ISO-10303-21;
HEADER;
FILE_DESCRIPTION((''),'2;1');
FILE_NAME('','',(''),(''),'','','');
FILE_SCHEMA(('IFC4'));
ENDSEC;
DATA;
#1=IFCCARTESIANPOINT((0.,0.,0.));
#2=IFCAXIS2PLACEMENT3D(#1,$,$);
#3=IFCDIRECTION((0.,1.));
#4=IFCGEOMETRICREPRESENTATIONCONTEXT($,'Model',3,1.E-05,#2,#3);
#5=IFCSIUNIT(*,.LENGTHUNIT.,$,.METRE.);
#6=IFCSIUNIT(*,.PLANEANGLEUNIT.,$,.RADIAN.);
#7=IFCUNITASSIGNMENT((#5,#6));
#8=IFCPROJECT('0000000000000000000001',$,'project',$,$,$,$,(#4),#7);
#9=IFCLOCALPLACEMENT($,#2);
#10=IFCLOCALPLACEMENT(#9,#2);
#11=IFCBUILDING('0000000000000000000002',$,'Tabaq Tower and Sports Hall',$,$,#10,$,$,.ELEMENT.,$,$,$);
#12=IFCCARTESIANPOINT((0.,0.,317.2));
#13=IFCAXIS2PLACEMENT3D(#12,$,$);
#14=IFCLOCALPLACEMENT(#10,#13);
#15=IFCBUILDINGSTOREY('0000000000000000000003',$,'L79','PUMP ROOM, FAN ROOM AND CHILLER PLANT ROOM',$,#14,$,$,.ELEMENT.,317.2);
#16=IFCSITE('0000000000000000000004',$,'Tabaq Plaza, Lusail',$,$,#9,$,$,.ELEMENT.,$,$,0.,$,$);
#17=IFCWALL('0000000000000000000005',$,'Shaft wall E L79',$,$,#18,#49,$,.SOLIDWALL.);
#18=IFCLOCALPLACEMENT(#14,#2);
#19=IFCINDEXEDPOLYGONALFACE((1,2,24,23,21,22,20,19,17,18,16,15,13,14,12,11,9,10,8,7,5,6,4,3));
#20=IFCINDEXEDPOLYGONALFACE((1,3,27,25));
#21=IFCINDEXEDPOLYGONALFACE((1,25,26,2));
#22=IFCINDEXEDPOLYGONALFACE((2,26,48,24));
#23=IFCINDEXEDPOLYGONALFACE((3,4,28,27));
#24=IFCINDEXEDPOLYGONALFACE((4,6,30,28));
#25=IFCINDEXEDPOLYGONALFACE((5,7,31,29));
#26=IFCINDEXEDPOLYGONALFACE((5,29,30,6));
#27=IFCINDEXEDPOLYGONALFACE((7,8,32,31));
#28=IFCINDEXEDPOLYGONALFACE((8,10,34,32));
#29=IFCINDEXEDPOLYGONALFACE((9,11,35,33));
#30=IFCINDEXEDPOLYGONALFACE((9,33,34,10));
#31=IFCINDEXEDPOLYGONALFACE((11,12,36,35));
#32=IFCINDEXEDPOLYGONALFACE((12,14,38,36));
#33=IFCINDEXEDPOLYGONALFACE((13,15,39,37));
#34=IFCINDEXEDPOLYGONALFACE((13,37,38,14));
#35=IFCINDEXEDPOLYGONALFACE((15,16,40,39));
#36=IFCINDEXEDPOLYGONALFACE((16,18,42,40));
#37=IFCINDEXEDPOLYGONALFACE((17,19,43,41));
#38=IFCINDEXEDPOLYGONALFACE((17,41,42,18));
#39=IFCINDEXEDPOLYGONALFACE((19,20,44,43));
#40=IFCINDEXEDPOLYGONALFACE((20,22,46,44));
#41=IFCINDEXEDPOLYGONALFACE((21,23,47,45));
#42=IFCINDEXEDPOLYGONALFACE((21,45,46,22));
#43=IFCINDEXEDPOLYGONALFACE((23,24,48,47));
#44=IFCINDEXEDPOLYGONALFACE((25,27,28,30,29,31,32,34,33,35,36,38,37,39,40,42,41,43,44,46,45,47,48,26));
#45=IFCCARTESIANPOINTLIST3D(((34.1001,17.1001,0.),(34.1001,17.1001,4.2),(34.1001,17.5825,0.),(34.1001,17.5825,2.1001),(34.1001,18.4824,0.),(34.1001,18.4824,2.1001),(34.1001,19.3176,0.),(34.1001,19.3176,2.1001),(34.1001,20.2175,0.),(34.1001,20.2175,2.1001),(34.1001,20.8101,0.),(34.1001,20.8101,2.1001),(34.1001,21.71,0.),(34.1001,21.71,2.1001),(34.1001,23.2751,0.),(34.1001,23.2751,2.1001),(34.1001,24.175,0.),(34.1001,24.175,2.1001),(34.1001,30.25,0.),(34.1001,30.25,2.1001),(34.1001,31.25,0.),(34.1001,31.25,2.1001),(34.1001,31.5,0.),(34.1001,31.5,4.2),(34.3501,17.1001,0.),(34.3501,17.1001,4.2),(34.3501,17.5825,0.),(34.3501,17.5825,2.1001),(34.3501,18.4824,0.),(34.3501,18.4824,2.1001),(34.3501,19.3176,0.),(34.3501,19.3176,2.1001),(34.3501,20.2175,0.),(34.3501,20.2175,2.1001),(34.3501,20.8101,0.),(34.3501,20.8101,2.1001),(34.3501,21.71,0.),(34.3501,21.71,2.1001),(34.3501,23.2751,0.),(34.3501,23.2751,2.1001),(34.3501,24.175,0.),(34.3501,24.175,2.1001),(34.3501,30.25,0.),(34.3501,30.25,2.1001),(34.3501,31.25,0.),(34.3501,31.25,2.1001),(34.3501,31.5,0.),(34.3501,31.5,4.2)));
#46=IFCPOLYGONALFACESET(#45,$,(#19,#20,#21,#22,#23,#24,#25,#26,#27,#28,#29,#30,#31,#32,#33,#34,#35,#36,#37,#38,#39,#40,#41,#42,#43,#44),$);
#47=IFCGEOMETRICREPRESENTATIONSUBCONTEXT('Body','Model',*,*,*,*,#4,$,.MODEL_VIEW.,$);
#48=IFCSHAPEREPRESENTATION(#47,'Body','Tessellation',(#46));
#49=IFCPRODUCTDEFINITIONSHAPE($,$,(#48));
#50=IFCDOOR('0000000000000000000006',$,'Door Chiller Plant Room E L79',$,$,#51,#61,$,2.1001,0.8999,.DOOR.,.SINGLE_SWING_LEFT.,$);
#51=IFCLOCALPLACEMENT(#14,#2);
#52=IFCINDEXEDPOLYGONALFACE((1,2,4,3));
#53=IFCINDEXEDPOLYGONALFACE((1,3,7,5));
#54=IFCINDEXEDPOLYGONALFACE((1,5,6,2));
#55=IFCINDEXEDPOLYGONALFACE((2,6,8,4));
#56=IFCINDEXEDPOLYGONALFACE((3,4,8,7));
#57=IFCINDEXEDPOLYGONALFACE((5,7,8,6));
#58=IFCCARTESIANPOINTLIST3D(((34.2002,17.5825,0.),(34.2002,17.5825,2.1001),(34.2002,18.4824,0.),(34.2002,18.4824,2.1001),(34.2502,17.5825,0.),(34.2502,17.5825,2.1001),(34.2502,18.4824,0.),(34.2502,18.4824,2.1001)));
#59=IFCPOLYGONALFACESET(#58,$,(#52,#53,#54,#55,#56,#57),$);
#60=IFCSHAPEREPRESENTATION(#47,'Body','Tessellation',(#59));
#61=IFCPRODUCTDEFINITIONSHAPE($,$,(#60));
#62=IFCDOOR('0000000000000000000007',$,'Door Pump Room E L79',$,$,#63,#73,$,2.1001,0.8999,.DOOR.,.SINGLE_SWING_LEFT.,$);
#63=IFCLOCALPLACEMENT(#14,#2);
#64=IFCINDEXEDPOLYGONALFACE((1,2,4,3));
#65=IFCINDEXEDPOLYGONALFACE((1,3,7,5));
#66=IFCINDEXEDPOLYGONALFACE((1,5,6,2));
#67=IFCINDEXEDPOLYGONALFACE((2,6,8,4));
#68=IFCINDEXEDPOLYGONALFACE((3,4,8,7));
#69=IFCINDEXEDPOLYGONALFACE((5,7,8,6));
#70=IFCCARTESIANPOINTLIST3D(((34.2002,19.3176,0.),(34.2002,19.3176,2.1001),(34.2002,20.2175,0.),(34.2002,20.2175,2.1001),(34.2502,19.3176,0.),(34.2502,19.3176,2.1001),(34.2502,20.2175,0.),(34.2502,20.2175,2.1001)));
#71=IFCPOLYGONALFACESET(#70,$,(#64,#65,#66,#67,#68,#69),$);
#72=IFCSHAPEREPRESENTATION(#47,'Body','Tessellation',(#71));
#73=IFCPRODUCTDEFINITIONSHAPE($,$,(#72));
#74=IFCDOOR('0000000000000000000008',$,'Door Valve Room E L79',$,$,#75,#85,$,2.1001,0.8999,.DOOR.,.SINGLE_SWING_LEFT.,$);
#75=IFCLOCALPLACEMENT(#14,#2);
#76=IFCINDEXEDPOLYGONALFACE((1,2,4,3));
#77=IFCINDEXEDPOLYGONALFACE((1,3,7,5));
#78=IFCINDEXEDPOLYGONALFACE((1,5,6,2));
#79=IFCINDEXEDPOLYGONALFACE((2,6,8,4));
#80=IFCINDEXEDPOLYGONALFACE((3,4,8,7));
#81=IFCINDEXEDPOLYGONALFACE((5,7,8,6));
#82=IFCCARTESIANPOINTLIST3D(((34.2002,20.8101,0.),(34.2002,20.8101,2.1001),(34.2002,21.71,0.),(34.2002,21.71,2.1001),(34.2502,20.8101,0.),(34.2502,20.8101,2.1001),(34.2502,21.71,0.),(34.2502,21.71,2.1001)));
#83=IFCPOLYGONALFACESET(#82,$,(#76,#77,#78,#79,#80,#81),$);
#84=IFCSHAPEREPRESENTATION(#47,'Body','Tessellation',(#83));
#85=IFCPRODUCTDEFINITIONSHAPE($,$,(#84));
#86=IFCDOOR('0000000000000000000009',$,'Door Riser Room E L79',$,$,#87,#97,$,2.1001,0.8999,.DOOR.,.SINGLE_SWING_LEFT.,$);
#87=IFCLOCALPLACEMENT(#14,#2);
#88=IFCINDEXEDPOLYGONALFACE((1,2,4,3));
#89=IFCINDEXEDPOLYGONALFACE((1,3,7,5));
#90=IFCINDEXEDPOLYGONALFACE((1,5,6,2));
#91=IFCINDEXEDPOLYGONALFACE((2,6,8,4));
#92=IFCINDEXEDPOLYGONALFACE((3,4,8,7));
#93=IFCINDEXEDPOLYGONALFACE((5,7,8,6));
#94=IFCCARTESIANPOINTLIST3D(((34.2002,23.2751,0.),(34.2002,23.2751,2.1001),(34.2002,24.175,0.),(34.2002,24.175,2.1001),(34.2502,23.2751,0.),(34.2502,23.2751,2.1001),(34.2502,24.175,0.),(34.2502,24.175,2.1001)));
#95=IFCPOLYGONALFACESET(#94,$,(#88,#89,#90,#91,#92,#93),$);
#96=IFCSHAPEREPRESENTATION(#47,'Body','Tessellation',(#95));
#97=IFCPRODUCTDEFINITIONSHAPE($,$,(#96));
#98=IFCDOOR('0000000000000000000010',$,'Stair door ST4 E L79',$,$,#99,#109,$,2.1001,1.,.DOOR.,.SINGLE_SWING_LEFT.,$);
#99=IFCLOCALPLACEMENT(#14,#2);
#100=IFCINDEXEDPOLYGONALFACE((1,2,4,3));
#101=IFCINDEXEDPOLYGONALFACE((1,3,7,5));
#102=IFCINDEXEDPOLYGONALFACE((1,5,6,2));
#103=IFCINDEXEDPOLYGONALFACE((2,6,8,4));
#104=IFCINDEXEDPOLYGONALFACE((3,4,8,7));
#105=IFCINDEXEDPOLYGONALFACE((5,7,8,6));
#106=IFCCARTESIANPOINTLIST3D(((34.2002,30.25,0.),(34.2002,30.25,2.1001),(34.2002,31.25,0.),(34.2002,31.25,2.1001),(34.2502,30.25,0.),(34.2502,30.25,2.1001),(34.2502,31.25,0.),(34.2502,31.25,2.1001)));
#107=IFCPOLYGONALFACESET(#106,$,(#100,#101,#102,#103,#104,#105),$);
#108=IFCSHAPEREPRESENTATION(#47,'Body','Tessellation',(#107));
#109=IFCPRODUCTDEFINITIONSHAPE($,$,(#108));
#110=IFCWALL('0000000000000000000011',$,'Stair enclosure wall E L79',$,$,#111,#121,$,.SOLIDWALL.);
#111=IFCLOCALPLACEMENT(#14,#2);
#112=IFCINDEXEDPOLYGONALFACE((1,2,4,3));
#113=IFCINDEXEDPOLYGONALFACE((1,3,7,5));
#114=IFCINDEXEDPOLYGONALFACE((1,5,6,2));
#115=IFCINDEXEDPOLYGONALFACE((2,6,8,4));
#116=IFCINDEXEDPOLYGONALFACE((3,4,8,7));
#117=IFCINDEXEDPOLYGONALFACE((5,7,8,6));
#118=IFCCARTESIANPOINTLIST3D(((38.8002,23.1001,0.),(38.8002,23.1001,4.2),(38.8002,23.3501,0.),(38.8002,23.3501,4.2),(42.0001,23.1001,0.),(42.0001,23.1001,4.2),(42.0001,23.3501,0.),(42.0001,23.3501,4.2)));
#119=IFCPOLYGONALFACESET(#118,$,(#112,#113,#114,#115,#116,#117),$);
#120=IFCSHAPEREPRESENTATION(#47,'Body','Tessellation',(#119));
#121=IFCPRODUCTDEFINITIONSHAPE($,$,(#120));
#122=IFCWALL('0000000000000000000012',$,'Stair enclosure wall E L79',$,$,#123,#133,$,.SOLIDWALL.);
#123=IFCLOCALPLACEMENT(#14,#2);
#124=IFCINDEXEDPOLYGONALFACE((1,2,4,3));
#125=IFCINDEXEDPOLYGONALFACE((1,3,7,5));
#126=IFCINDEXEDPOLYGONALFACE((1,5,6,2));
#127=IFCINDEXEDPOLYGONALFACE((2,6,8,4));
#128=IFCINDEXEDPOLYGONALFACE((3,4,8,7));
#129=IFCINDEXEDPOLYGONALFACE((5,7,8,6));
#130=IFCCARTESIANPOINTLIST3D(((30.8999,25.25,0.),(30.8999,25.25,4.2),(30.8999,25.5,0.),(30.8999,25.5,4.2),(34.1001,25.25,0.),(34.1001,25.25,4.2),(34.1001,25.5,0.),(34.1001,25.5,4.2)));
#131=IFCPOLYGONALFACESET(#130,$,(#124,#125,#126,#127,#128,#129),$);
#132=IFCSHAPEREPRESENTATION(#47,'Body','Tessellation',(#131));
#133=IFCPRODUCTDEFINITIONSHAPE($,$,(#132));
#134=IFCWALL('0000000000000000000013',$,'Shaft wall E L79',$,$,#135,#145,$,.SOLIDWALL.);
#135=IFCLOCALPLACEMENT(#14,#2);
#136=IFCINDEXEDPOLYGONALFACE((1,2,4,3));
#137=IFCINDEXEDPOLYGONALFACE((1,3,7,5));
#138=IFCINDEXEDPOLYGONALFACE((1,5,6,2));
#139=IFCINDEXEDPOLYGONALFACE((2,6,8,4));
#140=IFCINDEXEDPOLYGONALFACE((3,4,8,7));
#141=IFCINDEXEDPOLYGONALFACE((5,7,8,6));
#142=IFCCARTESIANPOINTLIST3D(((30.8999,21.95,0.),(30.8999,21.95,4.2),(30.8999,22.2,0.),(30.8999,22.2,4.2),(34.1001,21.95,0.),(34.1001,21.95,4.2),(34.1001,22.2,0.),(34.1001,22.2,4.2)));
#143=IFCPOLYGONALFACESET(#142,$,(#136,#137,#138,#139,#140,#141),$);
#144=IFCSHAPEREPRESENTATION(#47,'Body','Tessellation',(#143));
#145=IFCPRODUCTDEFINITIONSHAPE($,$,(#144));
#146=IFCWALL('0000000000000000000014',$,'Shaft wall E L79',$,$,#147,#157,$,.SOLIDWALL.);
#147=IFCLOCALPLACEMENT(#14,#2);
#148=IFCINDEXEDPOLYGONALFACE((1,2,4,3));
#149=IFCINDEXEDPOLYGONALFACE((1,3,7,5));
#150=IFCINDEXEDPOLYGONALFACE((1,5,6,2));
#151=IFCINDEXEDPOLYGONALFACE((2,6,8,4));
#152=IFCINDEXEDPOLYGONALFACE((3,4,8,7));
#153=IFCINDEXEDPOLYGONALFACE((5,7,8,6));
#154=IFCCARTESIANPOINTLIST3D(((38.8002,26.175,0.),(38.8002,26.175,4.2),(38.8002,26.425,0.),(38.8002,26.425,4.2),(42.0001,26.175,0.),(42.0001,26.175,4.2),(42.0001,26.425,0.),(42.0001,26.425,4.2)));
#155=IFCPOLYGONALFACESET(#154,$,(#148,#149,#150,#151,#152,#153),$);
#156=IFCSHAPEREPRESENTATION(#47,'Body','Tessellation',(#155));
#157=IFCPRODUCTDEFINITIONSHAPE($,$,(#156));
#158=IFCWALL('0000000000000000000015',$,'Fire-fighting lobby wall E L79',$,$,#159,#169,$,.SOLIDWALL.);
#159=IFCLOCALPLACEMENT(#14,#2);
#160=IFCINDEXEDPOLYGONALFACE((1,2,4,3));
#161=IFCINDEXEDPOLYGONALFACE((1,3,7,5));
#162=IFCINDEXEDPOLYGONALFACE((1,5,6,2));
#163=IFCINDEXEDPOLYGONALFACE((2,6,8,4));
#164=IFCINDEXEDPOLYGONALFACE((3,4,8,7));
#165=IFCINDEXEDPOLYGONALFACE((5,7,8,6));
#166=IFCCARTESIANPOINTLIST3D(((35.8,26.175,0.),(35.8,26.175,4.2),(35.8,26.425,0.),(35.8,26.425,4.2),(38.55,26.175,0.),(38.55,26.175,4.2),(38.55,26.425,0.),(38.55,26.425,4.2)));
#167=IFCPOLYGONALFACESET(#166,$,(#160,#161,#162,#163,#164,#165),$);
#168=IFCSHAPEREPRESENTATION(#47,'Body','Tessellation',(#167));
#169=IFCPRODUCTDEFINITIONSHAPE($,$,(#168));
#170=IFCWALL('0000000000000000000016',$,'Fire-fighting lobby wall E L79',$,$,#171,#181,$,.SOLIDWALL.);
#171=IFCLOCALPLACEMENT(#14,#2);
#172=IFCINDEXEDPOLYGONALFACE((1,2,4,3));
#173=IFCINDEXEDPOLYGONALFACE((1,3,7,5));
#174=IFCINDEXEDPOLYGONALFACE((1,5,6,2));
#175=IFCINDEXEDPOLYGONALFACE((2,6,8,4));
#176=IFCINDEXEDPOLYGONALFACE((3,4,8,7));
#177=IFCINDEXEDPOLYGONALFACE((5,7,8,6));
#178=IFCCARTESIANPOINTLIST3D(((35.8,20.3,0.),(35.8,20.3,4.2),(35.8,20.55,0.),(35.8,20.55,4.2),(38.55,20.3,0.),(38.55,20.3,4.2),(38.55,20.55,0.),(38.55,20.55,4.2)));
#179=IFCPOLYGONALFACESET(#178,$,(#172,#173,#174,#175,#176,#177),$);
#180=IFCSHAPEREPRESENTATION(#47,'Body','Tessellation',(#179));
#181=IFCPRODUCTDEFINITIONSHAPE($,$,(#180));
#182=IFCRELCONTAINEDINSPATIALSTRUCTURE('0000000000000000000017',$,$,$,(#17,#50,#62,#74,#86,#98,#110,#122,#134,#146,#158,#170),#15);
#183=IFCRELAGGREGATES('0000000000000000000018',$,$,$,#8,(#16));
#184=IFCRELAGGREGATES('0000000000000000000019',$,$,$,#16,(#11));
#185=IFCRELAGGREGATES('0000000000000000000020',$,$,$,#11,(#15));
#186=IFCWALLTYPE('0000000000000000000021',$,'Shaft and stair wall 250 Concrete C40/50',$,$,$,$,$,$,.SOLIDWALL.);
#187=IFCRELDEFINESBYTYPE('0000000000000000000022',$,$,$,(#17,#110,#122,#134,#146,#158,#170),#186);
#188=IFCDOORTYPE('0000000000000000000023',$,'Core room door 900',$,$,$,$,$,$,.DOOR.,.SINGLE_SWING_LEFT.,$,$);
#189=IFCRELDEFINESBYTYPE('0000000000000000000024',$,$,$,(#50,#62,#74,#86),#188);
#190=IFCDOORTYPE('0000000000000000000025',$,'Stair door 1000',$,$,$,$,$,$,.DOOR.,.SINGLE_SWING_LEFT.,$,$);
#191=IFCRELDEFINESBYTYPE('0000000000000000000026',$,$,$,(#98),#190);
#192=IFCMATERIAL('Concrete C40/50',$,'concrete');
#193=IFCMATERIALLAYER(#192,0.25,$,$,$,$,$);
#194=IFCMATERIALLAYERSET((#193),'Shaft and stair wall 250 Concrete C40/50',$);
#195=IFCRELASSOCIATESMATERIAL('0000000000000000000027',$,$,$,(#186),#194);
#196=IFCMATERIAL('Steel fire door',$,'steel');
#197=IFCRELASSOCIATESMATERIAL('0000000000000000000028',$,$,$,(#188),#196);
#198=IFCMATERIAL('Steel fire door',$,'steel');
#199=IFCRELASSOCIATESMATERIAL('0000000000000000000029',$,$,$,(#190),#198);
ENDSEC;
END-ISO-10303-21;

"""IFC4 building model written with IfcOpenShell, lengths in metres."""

from ifc_helpers import new_model, si_unit, direction, frame, frame_2d, origin, place, context, subcontext, project, spatial, rectangle, extrude, material, layer, layer_set, type_object, element, fill, save


model = new_model("IFC4")

# Units and contexts
model_context = context("Model", 3, precision=1e-05, world=origin(), true_north=direction((0.0, 1.0)))
body_context = subcontext(model_context, "Body", "Model", "MODEL_VIEW")
ifc_project = project(units=[si_unit("LENGTHUNIT", "METRE"), si_unit("PLANEANGLEUNIT", "RADIAN")], contexts=[model_context])

# Site, building, storey
site_placement = place(None, origin())
site = spatial("IfcSite", under=ifc_project, at=site_placement, Name="Tabaq Plaza, Lusail", CompositionType="ELEMENT", RefElevation=0.0)
building_placement = place(site_placement, origin())
building = spatial("IfcBuilding", under=site, at=building_placement, Name="Tabaq Tower and Sports Hall", CompositionType="ELEMENT")
storey_placement = place(building_placement, frame((0.0, 0.0, 317.2)))
storey = spatial("IfcBuildingStorey", under=building, at=storey_placement, Name="L79", Description="PUMP ROOM, FAN ROOM AND CHILLER PLANT ROOM", CompositionType="ELEMENT", Elevation=317.2)

# Wall, openings, doors
ifc_material_1 = material(Name="Concrete C40/50", Category="concrete")
ifc_layer_1 = layer(ifc_material_1, 0.25)
ifc_layer_set_1 = layer_set([ifc_layer_1], Name="Shaft and stair wall 250 Concrete C40/50")
wall_type_1 = type_object("IfcWallType", Name="Shaft and stair wall 250 Concrete C40/50", PredefinedType="SOLIDWALL", material=ifc_layer_set_1)
ifc_material_2 = material(Name="Steel fire door", Category="steel")
door_type_1 = type_object("IfcDoorType", Name="Core room door 900", OperationType="SINGLE_SWING_LEFT", PredefinedType="DOOR", material=ifc_material_2)
ifc_material_3 = material(Name="Steel fire door", Category="steel")
door_type_2 = type_object("IfcDoorType", Name="Stair door 1000", OperationType="SINGLE_SWING_LEFT", PredefinedType="DOOR", material=ifc_material_3)
wall_1_placement = place(storey_placement, frame((34.2251, 17.1001, 0.0), z_axis=(0.0, 0.0, 1.0), x_axis=(0.0, 1.0, 0.0)))
wall_1 = element("IfcWall", 1, at=wall_1_placement, inside=storey, type_object=wall_type_1, Name="Shaft wall E L79", PredefinedType="SOLIDWALL", context=body_context, shape_type="SweptSolid", body=[
    extrude(rectangle(XDim=14.3999, YDim=0.25, at=frame_2d((7.2, 0.0))), origin(), (0.0, 0.0, 1.0), 4.2),
])
opening_1_placement = place(wall_1_placement, frame((13.1499, 0.0, 0.0)))
opening_1 = element("IfcOpeningElement", 2, at=opening_1_placement, cuts=wall_1, PredefinedType="OPENING", context=body_context, shape_type="SweptSolid", body=[
    extrude(rectangle(XDim=1.0, YDim=2.1001, at=frame_2d((0.5, 1.05))), frame((0.0, 0.125, 0.0), z_axis=(0.0, -1.0, 0.0), x_axis=(1.0, 0.0, 0.0)), (0.0, 0.0, 1.0), 0.25),
])
opening_2_placement = place(wall_1_placement, frame((0.4824, 0.0, 0.0)))
opening_2 = element("IfcOpeningElement", 3, at=opening_2_placement, cuts=wall_1, PredefinedType="OPENING", context=body_context, shape_type="SweptSolid", body=[
    extrude(rectangle(XDim=0.8999, YDim=2.1001, at=frame_2d((0.45, 1.05))), frame((0.0, 0.125, 0.0), z_axis=(0.0, -1.0, 0.0), x_axis=(1.0, 0.0, 0.0)), (0.0, 0.0, 1.0), 0.25),
])
opening_3_placement = place(wall_1_placement, frame((2.2175, 0.0, 0.0)))
opening_3 = element("IfcOpeningElement", 4, at=opening_3_placement, cuts=wall_1, PredefinedType="OPENING", context=body_context, shape_type="SweptSolid", body=[
    extrude(rectangle(XDim=0.8999, YDim=2.1001, at=frame_2d((0.45, 1.05))), frame((0.0, 0.125, 0.0), z_axis=(0.0, -1.0, 0.0), x_axis=(1.0, 0.0, 0.0)), (0.0, 0.0, 1.0), 0.25),
])
opening_4_placement = place(wall_1_placement, frame((3.71, 0.0, 0.0)))
opening_4 = element("IfcOpeningElement", 5, at=opening_4_placement, cuts=wall_1, PredefinedType="OPENING", context=body_context, shape_type="SweptSolid", body=[
    extrude(rectangle(XDim=0.8999, YDim=2.1001, at=frame_2d((0.45, 1.05))), frame((0.0, 0.125, 0.0), z_axis=(0.0, -1.0, 0.0), x_axis=(1.0, 0.0, 0.0)), (0.0, 0.0, 1.0), 0.25),
])
opening_5_placement = place(wall_1_placement, frame((6.175, 0.0, 0.0)))
opening_5 = element("IfcOpeningElement", 6, at=opening_5_placement, cuts=wall_1, PredefinedType="OPENING", context=body_context, shape_type="SweptSolid", body=[
    extrude(rectangle(XDim=0.8999, YDim=2.1001, at=frame_2d((0.45, 1.05))), frame((0.0, 0.125, 0.0), z_axis=(0.0, -1.0, 0.0), x_axis=(1.0, 0.0, 0.0)), (0.0, 0.0, 1.0), 0.25),
])
door_1_placement = place(opening_2_placement, origin())
door_1 = element("IfcDoor", 7, at=door_1_placement, inside=storey, type_object=door_type_1, Name="Door Chiller Plant Room E L79", OperationType="SINGLE_SWING_LEFT", OverallHeight=2.1001, OverallWidth=0.8999, PredefinedType="DOOR", context=body_context, shape_type="SweptSolid", body=[
    extrude(rectangle(XDim=0.8999, YDim=2.1001, at=frame_2d((0.45, 1.05))), frame((0.0, 0.0249, 0.0), z_axis=(0.0, -1.0, 0.0), x_axis=(1.0, 0.0, 0.0)), (0.0, 0.0, 1.0), 0.05),
])
fill(opening_2, door_1)
door_2_placement = place(opening_3_placement, origin())
door_2 = element("IfcDoor", 8, at=door_2_placement, inside=storey, type_object=door_type_1, Name="Door Pump Room E L79", OperationType="SINGLE_SWING_LEFT", OverallHeight=2.1001, OverallWidth=0.8999, PredefinedType="DOOR", context=body_context, shape_type="SweptSolid", body=[
    extrude(rectangle(XDim=0.8999, YDim=2.1001, at=frame_2d((0.45, 1.05))), frame((0.0, 0.0249, 0.0), z_axis=(0.0, -1.0, 0.0), x_axis=(1.0, 0.0, 0.0)), (0.0, 0.0, 1.0), 0.05),
])
fill(opening_3, door_2)
door_3_placement = place(opening_4_placement, origin())
door_3 = element("IfcDoor", 9, at=door_3_placement, inside=storey, type_object=door_type_1, Name="Door Valve Room E L79", OperationType="SINGLE_SWING_LEFT", OverallHeight=2.1001, OverallWidth=0.8999, PredefinedType="DOOR", context=body_context, shape_type="SweptSolid", body=[
    extrude(rectangle(XDim=0.8999, YDim=2.1001, at=frame_2d((0.45, 1.05))), frame((0.0, 0.0249, 0.0), z_axis=(0.0, -1.0, 0.0), x_axis=(1.0, 0.0, 0.0)), (0.0, 0.0, 1.0), 0.05),
])
fill(opening_4, door_3)
door_4_placement = place(opening_5_placement, origin())
door_4 = element("IfcDoor", 10, at=door_4_placement, inside=storey, type_object=door_type_1, Name="Door Riser Room E L79", OperationType="SINGLE_SWING_LEFT", OverallHeight=2.1001, OverallWidth=0.8999, PredefinedType="DOOR", context=body_context, shape_type="SweptSolid", body=[
    extrude(rectangle(XDim=0.8999, YDim=2.1001, at=frame_2d((0.45, 1.05))), frame((0.0, 0.0249, 0.0), z_axis=(0.0, -1.0, 0.0), x_axis=(1.0, 0.0, 0.0)), (0.0, 0.0, 1.0), 0.05),
])
fill(opening_5, door_4)
door_5_placement = place(opening_1_placement, origin())
door_5 = element("IfcDoor", 11, at=door_5_placement, inside=storey, type_object=door_type_2, Name="Stair door ST4 E L79", OperationType="SINGLE_SWING_LEFT", OverallHeight=2.1001, OverallWidth=1.0, PredefinedType="DOOR", context=body_context, shape_type="SweptSolid", body=[
    extrude(rectangle(XDim=1.0, YDim=2.1001, at=frame_2d((0.5, 1.05))), frame((0.0, 0.0249, 0.0), z_axis=(0.0, -1.0, 0.0), x_axis=(1.0, 0.0, 0.0)), (0.0, 0.0, 1.0), 0.05),
])
fill(opening_1, door_5)

# Walls
wall_2_placement = place(storey_placement, frame((38.8, 23.2251, 0.0), z_axis=(0.0, 0.0, 1.0), x_axis=(1.0, 0.0, 0.0)))
element("IfcWall", 12, at=wall_2_placement, inside=storey, type_object=wall_type_1, Name="Stair enclosure wall E L79", PredefinedType="SOLIDWALL", context=body_context, shape_type="SweptSolid", body=[
    extrude(rectangle(XDim=3.2, YDim=0.25, at=frame_2d((1.6001, 0.0))), origin(), (0.0, 0.0, 1.0), 4.2),
])
for number, where, z_axis, x_axis, name in (
    (13, (30.8999, 25.375, 0.0), (0.0, 0.0, 1.0), (1.0, 0.0, 0.0), "Stair enclosure wall E L79"),
    (14, (30.8999, 22.075, 0.0), (0.0, 0.0, 1.0), (1.0, 0.0, 0.0), "Shaft wall E L79"),
):
    element("IfcWall", number, at=place(storey_placement, frame(where, z_axis=z_axis, x_axis=x_axis)), inside=storey, type_object=wall_type_1, Name=name, PredefinedType="SOLIDWALL", context=body_context, shape_type="SweptSolid", body=[
        extrude(rectangle(XDim=3.2002, YDim=0.25, at=frame_2d((1.6001, 0.0))), origin(), (0.0, 0.0, 1.0), 4.2),
    ])
wall_3_placement = place(storey_placement, frame((38.8, 26.3, 0.0), z_axis=(0.0, 0.0, 1.0), x_axis=(1.0, 0.0, 0.0)))
element("IfcWall", 15, at=wall_3_placement, inside=storey, type_object=wall_type_1, Name="Shaft wall E L79", PredefinedType="SOLIDWALL", context=body_context, shape_type="SweptSolid", body=[
    extrude(rectangle(XDim=3.2, YDim=0.25, at=frame_2d((1.6001, 0.0))), origin(), (0.0, 0.0, 1.0), 4.2),
])
for number, where, z_axis, x_axis, name in (
    (16, (35.8, 26.3, 0.0), (0.0, 0.0, 1.0), (1.0, 0.0, 0.0), "Fire-fighting lobby wall E L79"),
    (17, (35.8, 20.425, 0.0), (0.0, 0.0, 1.0), (1.0, 0.0, 0.0), "Fire-fighting lobby wall E L79"),
):
    element("IfcWall", number, at=place(storey_placement, frame(where, z_axis=z_axis, x_axis=x_axis)), inside=storey, type_object=wall_type_1, Name=name, PredefinedType="SOLIDWALL", context=body_context, shape_type="SweptSolid", body=[
        extrude(rectangle(XDim=2.75, YDim=0.25, at=frame_2d((1.375, 0.0))), origin(), (0.0, 0.0, 1.0), 4.2),
    ])

save(model, "model.ifc")
